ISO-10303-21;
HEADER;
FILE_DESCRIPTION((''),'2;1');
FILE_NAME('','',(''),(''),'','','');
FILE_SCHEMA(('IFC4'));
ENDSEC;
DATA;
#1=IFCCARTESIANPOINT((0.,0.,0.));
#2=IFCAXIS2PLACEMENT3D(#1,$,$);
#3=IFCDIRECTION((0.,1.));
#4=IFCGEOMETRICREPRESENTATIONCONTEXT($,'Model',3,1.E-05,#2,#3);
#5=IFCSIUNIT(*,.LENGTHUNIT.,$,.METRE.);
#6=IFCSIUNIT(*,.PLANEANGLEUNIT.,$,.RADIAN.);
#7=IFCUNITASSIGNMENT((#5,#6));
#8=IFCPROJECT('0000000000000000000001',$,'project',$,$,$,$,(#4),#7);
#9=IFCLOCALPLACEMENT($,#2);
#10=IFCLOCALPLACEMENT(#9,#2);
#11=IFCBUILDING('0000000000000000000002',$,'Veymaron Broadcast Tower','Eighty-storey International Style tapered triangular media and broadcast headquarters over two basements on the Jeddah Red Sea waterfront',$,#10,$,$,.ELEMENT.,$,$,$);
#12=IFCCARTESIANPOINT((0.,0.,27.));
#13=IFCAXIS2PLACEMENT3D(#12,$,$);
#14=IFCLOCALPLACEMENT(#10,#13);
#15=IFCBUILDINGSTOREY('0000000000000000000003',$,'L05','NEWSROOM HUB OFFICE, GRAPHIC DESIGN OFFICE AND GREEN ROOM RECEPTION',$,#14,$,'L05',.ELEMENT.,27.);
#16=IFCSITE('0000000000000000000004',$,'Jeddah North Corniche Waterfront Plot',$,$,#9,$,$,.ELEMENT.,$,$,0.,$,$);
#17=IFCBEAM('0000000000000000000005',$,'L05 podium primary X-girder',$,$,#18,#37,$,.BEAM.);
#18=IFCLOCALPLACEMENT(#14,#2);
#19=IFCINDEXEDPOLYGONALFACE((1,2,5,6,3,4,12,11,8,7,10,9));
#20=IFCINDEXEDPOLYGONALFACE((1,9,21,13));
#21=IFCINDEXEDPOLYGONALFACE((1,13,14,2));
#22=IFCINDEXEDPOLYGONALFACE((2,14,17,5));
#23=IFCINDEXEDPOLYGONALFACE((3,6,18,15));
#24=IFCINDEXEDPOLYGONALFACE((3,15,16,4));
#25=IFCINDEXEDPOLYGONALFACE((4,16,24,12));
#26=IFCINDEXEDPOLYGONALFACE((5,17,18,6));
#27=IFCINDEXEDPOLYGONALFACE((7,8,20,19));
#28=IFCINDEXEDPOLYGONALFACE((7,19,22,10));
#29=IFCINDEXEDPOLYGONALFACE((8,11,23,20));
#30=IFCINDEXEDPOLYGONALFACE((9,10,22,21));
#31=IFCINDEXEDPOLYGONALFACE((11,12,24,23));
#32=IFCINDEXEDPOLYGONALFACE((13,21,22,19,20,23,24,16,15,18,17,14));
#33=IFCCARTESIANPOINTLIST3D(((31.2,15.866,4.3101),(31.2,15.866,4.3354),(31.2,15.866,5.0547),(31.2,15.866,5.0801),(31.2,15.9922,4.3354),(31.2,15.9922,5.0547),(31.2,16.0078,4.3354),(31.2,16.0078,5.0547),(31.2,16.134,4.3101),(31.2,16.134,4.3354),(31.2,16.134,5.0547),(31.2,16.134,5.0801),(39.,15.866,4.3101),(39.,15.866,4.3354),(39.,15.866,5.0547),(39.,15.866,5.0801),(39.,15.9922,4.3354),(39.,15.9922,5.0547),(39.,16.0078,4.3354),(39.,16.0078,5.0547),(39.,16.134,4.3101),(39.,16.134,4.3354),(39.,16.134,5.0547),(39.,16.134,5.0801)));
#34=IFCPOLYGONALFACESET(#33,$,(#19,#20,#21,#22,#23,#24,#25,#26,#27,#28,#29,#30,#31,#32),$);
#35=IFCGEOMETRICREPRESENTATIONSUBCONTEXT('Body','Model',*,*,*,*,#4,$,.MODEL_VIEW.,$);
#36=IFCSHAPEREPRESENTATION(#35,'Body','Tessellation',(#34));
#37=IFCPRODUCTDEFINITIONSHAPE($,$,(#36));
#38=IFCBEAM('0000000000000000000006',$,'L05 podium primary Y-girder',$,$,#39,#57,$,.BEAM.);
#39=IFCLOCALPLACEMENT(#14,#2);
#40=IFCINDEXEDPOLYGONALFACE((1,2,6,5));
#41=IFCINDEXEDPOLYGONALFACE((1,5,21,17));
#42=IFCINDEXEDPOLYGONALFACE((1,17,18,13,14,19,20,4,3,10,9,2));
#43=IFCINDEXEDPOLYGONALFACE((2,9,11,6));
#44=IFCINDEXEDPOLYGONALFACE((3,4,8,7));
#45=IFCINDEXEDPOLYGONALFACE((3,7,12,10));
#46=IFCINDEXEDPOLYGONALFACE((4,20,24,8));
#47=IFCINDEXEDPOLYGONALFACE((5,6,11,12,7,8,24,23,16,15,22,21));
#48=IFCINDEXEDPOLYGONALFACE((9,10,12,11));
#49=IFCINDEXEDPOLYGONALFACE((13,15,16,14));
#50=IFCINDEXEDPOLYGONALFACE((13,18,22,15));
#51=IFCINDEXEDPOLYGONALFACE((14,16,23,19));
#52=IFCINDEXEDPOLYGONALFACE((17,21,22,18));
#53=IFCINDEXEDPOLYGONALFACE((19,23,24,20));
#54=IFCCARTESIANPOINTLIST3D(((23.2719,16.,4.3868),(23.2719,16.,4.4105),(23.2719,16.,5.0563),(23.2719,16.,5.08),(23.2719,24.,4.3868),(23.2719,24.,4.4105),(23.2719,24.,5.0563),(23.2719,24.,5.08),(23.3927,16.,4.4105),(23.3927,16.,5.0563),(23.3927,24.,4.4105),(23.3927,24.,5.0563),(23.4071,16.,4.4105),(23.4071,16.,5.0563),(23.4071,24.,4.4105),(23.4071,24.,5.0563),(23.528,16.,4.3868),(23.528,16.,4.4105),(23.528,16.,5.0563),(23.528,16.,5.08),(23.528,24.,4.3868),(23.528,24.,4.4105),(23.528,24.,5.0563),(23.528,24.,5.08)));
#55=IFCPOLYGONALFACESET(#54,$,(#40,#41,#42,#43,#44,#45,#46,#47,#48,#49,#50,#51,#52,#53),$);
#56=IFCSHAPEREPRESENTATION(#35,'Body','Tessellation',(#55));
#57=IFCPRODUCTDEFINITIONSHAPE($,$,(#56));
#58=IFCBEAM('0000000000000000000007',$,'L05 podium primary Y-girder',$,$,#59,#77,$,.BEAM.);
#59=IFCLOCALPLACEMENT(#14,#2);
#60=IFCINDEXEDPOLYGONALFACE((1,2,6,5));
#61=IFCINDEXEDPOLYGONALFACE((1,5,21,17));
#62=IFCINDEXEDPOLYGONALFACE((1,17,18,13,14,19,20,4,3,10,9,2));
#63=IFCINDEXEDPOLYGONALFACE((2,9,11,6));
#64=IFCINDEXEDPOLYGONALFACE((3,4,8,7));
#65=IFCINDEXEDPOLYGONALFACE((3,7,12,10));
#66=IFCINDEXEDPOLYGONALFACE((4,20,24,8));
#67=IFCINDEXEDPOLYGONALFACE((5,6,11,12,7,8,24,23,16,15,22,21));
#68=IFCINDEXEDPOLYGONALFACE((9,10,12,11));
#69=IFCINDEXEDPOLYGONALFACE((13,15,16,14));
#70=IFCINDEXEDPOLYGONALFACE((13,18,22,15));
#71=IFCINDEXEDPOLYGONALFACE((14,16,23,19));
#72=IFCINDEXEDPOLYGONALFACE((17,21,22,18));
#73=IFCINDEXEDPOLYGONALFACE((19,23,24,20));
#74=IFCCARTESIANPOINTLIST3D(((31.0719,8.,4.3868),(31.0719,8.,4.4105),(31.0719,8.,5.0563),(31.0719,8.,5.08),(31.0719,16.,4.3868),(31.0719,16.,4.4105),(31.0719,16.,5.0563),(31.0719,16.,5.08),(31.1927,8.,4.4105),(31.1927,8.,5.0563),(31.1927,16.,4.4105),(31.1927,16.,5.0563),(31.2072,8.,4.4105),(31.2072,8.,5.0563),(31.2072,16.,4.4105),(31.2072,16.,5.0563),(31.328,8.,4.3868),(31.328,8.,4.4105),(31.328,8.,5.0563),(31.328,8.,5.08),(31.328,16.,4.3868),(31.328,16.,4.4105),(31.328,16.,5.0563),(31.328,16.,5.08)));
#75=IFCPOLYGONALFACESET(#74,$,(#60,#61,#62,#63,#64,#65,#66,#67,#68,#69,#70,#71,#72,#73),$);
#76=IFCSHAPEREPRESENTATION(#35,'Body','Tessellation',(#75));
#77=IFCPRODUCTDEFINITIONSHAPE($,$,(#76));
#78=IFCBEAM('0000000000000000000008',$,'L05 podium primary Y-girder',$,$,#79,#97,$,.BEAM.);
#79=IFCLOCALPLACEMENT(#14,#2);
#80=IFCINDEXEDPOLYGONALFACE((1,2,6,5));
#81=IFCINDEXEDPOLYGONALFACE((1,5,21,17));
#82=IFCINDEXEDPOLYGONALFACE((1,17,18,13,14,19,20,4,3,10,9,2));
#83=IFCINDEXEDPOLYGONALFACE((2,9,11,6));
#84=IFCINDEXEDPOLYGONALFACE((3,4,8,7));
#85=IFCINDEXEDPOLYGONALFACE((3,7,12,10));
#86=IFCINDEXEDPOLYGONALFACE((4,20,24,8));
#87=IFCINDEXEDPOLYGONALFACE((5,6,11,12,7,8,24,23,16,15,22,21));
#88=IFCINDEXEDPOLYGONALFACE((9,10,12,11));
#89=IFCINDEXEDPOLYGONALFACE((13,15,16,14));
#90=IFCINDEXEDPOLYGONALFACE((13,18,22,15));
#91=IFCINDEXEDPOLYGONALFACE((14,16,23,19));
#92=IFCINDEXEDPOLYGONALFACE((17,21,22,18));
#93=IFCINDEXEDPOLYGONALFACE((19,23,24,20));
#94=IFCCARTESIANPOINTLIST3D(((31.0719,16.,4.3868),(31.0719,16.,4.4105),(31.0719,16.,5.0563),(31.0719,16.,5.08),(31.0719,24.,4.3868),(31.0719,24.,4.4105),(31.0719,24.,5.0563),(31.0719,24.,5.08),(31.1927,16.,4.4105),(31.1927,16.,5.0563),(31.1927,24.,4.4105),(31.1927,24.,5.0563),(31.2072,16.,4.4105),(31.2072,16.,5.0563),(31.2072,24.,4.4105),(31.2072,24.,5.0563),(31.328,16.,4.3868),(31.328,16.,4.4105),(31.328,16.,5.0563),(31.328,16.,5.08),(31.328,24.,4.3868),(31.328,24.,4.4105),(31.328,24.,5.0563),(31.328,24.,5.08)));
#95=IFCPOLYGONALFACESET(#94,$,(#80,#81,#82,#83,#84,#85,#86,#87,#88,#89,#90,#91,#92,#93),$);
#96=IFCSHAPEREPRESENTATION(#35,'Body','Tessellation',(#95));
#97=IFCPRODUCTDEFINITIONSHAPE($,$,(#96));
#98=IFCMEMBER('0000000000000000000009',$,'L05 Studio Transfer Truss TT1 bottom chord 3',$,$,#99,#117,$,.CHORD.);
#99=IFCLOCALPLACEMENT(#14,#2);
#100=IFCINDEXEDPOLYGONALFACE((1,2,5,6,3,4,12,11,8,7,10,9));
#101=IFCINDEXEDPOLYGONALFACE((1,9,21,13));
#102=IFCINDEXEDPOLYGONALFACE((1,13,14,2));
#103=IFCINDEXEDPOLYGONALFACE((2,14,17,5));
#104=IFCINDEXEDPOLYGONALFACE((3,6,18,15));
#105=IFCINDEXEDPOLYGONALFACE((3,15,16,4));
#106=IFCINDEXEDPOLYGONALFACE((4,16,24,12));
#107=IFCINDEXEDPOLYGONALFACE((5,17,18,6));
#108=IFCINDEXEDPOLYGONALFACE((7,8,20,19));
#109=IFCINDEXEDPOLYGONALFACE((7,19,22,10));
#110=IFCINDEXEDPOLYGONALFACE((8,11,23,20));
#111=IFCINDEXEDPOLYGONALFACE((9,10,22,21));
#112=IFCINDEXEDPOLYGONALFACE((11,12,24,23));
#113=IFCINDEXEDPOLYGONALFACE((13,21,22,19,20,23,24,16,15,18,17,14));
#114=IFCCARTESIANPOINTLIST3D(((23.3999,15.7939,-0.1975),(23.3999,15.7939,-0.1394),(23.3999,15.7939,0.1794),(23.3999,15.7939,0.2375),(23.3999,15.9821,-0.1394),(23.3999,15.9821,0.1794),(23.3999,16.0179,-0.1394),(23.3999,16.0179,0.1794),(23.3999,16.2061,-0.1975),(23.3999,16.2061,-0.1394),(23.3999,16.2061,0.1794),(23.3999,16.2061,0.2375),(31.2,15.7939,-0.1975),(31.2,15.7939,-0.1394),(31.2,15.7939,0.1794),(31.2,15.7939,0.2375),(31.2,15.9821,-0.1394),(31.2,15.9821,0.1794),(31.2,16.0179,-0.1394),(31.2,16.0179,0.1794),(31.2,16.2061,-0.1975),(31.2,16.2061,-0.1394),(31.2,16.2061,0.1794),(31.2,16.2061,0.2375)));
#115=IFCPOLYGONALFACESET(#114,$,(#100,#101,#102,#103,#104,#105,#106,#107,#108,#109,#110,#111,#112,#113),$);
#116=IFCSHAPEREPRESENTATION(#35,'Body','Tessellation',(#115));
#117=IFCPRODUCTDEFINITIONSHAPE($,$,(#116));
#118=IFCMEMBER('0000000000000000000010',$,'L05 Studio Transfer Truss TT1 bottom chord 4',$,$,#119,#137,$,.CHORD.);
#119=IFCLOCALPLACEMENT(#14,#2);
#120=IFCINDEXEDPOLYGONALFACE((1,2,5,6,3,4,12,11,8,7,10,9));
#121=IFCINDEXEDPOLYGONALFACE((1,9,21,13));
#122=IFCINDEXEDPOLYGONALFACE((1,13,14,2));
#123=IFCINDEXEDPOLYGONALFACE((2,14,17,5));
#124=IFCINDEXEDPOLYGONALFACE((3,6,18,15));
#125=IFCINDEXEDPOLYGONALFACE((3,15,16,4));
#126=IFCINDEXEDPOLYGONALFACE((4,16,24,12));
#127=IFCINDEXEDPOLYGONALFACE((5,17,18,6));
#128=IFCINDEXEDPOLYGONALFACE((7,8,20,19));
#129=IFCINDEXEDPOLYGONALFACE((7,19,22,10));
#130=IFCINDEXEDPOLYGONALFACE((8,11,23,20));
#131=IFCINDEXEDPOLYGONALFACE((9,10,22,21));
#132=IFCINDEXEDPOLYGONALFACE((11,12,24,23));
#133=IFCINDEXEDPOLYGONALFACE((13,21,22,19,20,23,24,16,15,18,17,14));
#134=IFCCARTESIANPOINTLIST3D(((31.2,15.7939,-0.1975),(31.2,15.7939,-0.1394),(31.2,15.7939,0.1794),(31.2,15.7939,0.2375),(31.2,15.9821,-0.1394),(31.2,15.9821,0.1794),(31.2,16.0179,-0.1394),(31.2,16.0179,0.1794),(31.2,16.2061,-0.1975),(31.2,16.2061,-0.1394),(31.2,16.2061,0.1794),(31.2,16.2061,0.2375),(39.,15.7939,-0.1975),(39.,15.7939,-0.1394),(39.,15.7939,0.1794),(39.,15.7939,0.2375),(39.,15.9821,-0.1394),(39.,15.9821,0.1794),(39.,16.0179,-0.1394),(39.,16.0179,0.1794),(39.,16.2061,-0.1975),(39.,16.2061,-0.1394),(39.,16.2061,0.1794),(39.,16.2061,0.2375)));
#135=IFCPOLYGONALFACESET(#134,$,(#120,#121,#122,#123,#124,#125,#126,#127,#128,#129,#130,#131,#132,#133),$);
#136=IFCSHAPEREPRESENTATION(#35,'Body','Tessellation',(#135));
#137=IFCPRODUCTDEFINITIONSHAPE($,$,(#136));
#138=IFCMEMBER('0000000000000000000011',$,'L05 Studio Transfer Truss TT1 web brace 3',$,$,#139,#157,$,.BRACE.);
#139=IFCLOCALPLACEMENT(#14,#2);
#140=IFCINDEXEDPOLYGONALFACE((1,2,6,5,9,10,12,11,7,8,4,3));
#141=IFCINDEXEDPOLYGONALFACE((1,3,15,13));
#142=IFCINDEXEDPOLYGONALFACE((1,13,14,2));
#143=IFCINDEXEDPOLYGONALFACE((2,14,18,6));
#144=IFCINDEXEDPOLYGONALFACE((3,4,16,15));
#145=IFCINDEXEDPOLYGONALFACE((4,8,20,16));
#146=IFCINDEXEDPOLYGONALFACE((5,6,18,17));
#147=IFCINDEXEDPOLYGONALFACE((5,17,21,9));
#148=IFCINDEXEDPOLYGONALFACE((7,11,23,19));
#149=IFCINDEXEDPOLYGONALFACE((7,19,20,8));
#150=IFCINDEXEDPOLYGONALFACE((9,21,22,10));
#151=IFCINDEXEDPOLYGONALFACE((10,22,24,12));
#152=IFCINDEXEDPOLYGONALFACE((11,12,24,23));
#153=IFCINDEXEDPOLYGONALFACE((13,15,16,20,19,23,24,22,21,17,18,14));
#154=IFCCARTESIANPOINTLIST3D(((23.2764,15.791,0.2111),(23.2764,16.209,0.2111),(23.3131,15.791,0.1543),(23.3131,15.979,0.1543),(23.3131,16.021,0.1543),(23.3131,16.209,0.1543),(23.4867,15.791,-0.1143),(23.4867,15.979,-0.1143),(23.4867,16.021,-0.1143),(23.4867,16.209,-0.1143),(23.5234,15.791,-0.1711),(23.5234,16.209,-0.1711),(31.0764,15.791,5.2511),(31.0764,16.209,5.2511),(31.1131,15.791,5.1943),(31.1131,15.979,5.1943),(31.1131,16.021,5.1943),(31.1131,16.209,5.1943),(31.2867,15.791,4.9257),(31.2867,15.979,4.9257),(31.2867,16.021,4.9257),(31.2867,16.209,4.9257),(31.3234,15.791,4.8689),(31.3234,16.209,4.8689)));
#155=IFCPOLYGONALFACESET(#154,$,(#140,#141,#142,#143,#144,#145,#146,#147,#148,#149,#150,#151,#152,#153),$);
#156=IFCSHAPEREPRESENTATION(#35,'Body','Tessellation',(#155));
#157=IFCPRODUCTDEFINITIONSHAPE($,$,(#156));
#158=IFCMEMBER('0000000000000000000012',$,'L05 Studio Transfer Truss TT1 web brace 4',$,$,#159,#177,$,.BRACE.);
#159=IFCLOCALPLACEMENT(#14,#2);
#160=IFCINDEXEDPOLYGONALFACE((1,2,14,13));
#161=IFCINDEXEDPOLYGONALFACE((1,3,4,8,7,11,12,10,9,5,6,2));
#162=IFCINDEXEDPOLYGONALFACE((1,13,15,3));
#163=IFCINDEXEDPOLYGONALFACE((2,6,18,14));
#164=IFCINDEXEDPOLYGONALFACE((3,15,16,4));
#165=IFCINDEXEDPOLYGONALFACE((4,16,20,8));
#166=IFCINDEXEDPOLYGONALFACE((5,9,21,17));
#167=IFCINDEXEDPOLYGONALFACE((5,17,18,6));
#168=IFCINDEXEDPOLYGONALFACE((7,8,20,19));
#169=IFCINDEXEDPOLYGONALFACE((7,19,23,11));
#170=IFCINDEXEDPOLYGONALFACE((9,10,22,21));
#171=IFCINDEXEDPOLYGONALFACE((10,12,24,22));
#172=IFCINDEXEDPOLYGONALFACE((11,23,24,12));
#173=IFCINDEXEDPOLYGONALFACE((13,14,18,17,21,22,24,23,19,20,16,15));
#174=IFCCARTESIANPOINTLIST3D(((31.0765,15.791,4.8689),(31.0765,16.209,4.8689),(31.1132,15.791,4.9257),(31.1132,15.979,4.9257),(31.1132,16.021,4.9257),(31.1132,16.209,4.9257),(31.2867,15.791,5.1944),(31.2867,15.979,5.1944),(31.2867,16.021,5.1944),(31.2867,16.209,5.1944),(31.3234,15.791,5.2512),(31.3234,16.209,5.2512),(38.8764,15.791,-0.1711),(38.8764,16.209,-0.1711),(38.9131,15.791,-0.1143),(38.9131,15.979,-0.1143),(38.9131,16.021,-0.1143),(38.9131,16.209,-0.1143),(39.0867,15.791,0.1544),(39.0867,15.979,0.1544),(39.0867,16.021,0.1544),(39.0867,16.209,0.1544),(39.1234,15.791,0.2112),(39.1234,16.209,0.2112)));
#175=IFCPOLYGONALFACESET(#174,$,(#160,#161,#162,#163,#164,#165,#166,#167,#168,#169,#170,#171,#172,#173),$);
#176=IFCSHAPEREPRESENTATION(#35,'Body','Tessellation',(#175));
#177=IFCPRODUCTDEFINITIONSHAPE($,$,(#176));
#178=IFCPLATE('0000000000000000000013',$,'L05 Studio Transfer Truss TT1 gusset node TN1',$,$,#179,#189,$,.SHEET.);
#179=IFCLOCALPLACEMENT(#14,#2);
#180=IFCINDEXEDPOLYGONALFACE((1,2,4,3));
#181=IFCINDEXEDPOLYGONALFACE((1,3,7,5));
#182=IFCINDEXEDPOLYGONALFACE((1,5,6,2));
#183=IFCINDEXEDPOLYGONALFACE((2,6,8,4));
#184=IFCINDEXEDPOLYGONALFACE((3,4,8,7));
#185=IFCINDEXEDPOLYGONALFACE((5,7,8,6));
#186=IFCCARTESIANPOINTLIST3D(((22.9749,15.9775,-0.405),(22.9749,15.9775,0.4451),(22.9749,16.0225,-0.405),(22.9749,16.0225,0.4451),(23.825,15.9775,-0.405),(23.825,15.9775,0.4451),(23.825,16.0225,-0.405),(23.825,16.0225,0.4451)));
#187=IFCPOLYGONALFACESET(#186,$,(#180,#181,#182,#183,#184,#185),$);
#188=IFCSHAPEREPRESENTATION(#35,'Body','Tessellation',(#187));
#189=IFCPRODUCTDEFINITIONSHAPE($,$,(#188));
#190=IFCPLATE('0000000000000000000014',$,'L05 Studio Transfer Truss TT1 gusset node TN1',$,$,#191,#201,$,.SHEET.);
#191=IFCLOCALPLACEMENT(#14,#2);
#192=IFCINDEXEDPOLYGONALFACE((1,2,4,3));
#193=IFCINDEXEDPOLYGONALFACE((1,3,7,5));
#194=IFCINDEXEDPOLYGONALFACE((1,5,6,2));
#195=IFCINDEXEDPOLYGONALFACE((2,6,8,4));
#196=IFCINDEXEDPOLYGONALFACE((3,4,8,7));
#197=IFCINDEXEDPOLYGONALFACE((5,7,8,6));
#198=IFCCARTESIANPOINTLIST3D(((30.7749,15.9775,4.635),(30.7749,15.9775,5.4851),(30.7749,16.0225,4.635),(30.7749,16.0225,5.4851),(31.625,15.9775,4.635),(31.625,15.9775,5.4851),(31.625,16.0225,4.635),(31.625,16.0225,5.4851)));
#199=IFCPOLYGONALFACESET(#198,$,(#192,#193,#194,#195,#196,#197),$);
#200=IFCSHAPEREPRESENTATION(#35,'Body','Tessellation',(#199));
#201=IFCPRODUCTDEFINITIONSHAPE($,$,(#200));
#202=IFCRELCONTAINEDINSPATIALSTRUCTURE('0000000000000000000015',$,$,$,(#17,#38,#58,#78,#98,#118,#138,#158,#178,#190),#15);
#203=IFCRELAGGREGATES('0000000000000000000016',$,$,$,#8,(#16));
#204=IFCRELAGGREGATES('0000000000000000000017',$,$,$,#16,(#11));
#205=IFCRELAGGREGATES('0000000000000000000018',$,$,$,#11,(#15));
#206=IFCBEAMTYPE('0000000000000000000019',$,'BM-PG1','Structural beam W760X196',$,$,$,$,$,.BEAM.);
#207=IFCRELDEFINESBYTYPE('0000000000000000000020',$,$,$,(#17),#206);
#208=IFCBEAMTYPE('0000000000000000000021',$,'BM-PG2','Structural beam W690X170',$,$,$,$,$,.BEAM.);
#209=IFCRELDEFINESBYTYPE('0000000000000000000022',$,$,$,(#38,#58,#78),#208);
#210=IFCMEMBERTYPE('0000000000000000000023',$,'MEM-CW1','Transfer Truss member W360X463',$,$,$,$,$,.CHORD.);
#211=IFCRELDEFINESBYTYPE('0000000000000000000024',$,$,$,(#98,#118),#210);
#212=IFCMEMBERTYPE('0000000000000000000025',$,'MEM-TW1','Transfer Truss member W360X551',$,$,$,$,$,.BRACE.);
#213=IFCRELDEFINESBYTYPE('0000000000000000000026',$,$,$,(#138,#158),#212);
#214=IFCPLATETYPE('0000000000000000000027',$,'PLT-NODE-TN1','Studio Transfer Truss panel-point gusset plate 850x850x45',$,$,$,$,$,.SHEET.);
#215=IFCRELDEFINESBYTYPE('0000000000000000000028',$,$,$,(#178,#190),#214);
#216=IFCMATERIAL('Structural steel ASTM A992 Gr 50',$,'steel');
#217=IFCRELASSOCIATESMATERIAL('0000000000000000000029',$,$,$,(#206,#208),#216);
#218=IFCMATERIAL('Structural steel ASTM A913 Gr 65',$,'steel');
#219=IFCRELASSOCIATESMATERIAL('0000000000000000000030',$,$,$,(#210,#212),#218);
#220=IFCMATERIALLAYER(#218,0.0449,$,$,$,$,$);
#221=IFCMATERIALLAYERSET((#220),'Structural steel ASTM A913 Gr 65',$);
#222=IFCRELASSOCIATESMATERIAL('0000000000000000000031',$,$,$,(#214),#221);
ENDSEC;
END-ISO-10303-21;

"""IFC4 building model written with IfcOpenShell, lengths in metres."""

from ifc_helpers import new_model, si_unit, direction, frame, origin, origin_2d, place, context, subcontext, project, spatial, rectangle, i_section, extrude, material, layer, layer_set, material_profile, profile_set, type_object, element, save


model = new_model("IFC4")

# Units and contexts
model_context = context("Model", 3, precision=1e-05, world=origin(), true_north=direction((0.0, 1.0)))
body_context = subcontext(model_context, "Body", "Model", "MODEL_VIEW")
ifc_project = project(units=[si_unit("LENGTHUNIT", "METRE"), si_unit("PLANEANGLEUNIT", "RADIAN")], contexts=[model_context])

# Site, building, storey
site_placement = place(None, origin())
site = spatial("IfcSite", under=ifc_project, at=site_placement, Name="Jeddah North Corniche Waterfront Plot", CompositionType="ELEMENT", RefElevation=0.0)
building_placement = place(site_placement, origin())
building = spatial("IfcBuilding", under=site, at=building_placement, Name="Veymaron Broadcast Tower", Description="Eighty-storey International Style tapered triangular media and broadcast headquarters over two basements on the Jeddah Red Sea waterfront", CompositionType="ELEMENT")
storey_placement = place(building_placement, frame((0.0, 0.0, 27.0)))
storey = spatial("IfcBuildingStorey", under=building, at=storey_placement, Name="L05", Description="NEWSROOM HUB OFFICE, GRAPHIC DESIGN OFFICE AND GREEN ROOM RECEPTION", LongName="L05", CompositionType="ELEMENT", Elevation=27.0)

# Shared definitions
ifc_material_1 = material(Name="Structural steel ASTM A913 Gr 65", Category="steel")

# Beams
ifc_material_2 = material(Name="Structural steel ASTM A992 Gr 50", Category="steel")
ifc_material_profile_1 = material_profile(ifc_material_2, i_section(OverallWidth=0.2681, OverallDepth=0.77, WebThickness=0.0156, FlangeThickness=0.0254, at=origin_2d()), Name="W760X196")
ifc_profile_set_1 = profile_set([ifc_material_profile_1], Name="Structural steel ASTM A992 Gr 50")
beam_type_1 = type_object("IfcBeamType", Name="BM-PG1", Description="Structural beam W760X196", PredefinedType="BEAM", material=ifc_profile_set_1)
for number, where, z_axis, x_axis, name in (
    (1, (31.2, 16.0, 4.6951), (1.0, 0.0, 0.0), (0.0, 1.0, 0.0), "L05 podium primary X-girder"),
):
    element("IfcBeam", number, at=place(storey_placement, frame(where, z_axis=z_axis, x_axis=x_axis)), inside=storey, type_object=beam_type_1, Name=name, PredefinedType="BEAM", context=body_context, shape_type="SweptSolid", body=[
        extrude(i_section(OverallWidth=0.2681, OverallDepth=0.77, WebThickness=0.0156, FlangeThickness=0.0254, at=origin_2d()), origin(), (0.0, 0.0, 1.0), 7.8),
    ])
ifc_material_profile_2 = material_profile(ifc_material_2, i_section(OverallWidth=0.2561, OverallDepth=0.6931, WebThickness=0.0144, FlangeThickness=0.0237, at=origin_2d()), Name="W690X170")
ifc_profile_set_2 = profile_set([ifc_material_profile_2], Name="Structural steel ASTM A992 Gr 50")
beam_type_2 = type_object("IfcBeamType", Name="BM-PG2", Description="Structural beam W690X170", PredefinedType="BEAM", material=ifc_profile_set_2)
for number, where, z_axis, x_axis, name in (
    (2, (23.3999, 16.0, 4.7334), (0.0, 1.0, 0.0), (-1.0, 0.0, 0.0), "L05 podium primary Y-girder"),
    (3, (31.2, 8.0, 4.7334), (0.0, 1.0, 0.0), (-1.0, 0.0, 0.0), "L05 podium primary Y-girder"),
    (4, (31.2, 16.0, 4.7334), (0.0, 1.0, 0.0), (-1.0, 0.0, 0.0), "L05 podium primary Y-girder"),
):
    element("IfcBeam", number, at=place(storey_placement, frame(where, z_axis=z_axis, x_axis=x_axis)), inside=storey, type_object=beam_type_2, Name=name, PredefinedType="BEAM", context=body_context, shape_type="SweptSolid", body=[
        extrude(i_section(OverallWidth=0.2561, OverallDepth=0.6931, WebThickness=0.0144, FlangeThickness=0.0237, at=origin_2d()), origin(), (0.0, 0.0, 1.0), 8.0),
    ])

# Members
ifc_material_profile_3 = material_profile(ifc_material_1, i_section(OverallWidth=0.4121, OverallDepth=0.4351, WebThickness=0.0359, FlangeThickness=0.0581, at=origin_2d()), Name="W360X463")
ifc_profile_set_3 = profile_set([ifc_material_profile_3], Name="Structural steel ASTM A913 Gr 65")
member_type_1 = type_object("IfcMemberType", Name="MEM-CW1", Description="Transfer Truss member W360X463", PredefinedType="CHORD", material=ifc_profile_set_3)
for number, where, z_axis, x_axis, name in (
    (5, (23.3999, 16.0, 0.02), (1.0, 0.0, 0.0), (0.0, 1.0, 0.0), "L05 Studio Transfer Truss TT1 bottom chord 3"),
    (6, (31.2, 16.0, 0.02), (1.0, 0.0, 0.0), (0.0, 1.0, 0.0), "L05 Studio Transfer Truss TT1 bottom chord 4"),
):
    element("IfcMember", number, at=place(storey_placement, frame(where, z_axis=z_axis, x_axis=x_axis)), inside=storey, type_object=member_type_1, Name=name, PredefinedType="CHORD", context=body_context, shape_type="SweptSolid", body=[
        extrude(i_section(OverallWidth=0.4121, OverallDepth=0.4351, WebThickness=0.0359, FlangeThickness=0.0581, at=origin_2d()), origin(), (0.0, 0.0, 1.0), 7.8),
    ])
ifc_material_profile_4 = material_profile(ifc_material_1, i_section(OverallWidth=0.418, OverallDepth=0.4551, WebThickness=0.042, FlangeThickness=0.0676, at=origin_2d()), Name="W360X551")
ifc_profile_set_4 = profile_set([ifc_material_profile_4], Name="Structural steel ASTM A913 Gr 65")
member_type_2 = type_object("IfcMemberType", Name="MEM-TW1", Description="Transfer Truss member W360X551", PredefinedType="BRACE", material=ifc_profile_set_4)
for number, where, z_axis, x_axis, name in (
    (7, (23.3999, 16.0, 0.02), (0.839916, 0.0, 0.542716), (0.0, 1.0, 0.0), "L05 Studio Transfer Truss TT1 web brace 3"),
    (8, (31.2, 16.0, 5.0601), (0.839916, 0.0, -0.542716), (0.0, 1.0, 0.0), "L05 Studio Transfer Truss TT1 web brace 4"),
):
    element("IfcMember", number, at=place(storey_placement, frame(where, z_axis=z_axis, x_axis=x_axis)), inside=storey, type_object=member_type_2, Name=name, PredefinedType="BRACE", context=body_context, shape_type="SweptSolid", body=[
        extrude(i_section(OverallWidth=0.418, OverallDepth=0.4551, WebThickness=0.042, FlangeThickness=0.0676, at=origin_2d()), origin(), (0.0, 0.0, 1.0), 9.2866),
    ])

# Plates
ifc_layer_1 = layer(ifc_material_1, 0.0449)
ifc_layer_set_1 = layer_set([ifc_layer_1], Name="Structural steel ASTM A913 Gr 65")
plate_type = type_object("IfcPlateType", Name="PLT-NODE-TN1", Description="Studio Transfer Truss panel-point gusset plate 850x850x45", PredefinedType="SHEET", material=ifc_layer_set_1)
for number, where, z_axis, x_axis, name in (
    (9, (23.3999, 16.0, -0.405), (0.0, 0.0, 1.0), (1.0, 0.0, 0.0), "L05 Studio Transfer Truss TT1 gusset node TN1"),
    (10, (31.2, 16.0, 4.635), (0.0, 0.0, 1.0), (1.0, 0.0, 0.0), "L05 Studio Transfer Truss TT1 gusset node TN1"),
):
    element("IfcPlate", number, at=place(storey_placement, frame(where, z_axis=z_axis, x_axis=x_axis)), inside=storey, type_object=plate_type, Name=name, PredefinedType="SHEET", context=body_context, shape_type="SweptSolid", body=[
        extrude(rectangle(XDim=0.8501, YDim=0.0449, at=origin_2d()), origin(), (0.0, 0.0, 1.0), 0.8501),
    ])

save(model, "model.ifc")
